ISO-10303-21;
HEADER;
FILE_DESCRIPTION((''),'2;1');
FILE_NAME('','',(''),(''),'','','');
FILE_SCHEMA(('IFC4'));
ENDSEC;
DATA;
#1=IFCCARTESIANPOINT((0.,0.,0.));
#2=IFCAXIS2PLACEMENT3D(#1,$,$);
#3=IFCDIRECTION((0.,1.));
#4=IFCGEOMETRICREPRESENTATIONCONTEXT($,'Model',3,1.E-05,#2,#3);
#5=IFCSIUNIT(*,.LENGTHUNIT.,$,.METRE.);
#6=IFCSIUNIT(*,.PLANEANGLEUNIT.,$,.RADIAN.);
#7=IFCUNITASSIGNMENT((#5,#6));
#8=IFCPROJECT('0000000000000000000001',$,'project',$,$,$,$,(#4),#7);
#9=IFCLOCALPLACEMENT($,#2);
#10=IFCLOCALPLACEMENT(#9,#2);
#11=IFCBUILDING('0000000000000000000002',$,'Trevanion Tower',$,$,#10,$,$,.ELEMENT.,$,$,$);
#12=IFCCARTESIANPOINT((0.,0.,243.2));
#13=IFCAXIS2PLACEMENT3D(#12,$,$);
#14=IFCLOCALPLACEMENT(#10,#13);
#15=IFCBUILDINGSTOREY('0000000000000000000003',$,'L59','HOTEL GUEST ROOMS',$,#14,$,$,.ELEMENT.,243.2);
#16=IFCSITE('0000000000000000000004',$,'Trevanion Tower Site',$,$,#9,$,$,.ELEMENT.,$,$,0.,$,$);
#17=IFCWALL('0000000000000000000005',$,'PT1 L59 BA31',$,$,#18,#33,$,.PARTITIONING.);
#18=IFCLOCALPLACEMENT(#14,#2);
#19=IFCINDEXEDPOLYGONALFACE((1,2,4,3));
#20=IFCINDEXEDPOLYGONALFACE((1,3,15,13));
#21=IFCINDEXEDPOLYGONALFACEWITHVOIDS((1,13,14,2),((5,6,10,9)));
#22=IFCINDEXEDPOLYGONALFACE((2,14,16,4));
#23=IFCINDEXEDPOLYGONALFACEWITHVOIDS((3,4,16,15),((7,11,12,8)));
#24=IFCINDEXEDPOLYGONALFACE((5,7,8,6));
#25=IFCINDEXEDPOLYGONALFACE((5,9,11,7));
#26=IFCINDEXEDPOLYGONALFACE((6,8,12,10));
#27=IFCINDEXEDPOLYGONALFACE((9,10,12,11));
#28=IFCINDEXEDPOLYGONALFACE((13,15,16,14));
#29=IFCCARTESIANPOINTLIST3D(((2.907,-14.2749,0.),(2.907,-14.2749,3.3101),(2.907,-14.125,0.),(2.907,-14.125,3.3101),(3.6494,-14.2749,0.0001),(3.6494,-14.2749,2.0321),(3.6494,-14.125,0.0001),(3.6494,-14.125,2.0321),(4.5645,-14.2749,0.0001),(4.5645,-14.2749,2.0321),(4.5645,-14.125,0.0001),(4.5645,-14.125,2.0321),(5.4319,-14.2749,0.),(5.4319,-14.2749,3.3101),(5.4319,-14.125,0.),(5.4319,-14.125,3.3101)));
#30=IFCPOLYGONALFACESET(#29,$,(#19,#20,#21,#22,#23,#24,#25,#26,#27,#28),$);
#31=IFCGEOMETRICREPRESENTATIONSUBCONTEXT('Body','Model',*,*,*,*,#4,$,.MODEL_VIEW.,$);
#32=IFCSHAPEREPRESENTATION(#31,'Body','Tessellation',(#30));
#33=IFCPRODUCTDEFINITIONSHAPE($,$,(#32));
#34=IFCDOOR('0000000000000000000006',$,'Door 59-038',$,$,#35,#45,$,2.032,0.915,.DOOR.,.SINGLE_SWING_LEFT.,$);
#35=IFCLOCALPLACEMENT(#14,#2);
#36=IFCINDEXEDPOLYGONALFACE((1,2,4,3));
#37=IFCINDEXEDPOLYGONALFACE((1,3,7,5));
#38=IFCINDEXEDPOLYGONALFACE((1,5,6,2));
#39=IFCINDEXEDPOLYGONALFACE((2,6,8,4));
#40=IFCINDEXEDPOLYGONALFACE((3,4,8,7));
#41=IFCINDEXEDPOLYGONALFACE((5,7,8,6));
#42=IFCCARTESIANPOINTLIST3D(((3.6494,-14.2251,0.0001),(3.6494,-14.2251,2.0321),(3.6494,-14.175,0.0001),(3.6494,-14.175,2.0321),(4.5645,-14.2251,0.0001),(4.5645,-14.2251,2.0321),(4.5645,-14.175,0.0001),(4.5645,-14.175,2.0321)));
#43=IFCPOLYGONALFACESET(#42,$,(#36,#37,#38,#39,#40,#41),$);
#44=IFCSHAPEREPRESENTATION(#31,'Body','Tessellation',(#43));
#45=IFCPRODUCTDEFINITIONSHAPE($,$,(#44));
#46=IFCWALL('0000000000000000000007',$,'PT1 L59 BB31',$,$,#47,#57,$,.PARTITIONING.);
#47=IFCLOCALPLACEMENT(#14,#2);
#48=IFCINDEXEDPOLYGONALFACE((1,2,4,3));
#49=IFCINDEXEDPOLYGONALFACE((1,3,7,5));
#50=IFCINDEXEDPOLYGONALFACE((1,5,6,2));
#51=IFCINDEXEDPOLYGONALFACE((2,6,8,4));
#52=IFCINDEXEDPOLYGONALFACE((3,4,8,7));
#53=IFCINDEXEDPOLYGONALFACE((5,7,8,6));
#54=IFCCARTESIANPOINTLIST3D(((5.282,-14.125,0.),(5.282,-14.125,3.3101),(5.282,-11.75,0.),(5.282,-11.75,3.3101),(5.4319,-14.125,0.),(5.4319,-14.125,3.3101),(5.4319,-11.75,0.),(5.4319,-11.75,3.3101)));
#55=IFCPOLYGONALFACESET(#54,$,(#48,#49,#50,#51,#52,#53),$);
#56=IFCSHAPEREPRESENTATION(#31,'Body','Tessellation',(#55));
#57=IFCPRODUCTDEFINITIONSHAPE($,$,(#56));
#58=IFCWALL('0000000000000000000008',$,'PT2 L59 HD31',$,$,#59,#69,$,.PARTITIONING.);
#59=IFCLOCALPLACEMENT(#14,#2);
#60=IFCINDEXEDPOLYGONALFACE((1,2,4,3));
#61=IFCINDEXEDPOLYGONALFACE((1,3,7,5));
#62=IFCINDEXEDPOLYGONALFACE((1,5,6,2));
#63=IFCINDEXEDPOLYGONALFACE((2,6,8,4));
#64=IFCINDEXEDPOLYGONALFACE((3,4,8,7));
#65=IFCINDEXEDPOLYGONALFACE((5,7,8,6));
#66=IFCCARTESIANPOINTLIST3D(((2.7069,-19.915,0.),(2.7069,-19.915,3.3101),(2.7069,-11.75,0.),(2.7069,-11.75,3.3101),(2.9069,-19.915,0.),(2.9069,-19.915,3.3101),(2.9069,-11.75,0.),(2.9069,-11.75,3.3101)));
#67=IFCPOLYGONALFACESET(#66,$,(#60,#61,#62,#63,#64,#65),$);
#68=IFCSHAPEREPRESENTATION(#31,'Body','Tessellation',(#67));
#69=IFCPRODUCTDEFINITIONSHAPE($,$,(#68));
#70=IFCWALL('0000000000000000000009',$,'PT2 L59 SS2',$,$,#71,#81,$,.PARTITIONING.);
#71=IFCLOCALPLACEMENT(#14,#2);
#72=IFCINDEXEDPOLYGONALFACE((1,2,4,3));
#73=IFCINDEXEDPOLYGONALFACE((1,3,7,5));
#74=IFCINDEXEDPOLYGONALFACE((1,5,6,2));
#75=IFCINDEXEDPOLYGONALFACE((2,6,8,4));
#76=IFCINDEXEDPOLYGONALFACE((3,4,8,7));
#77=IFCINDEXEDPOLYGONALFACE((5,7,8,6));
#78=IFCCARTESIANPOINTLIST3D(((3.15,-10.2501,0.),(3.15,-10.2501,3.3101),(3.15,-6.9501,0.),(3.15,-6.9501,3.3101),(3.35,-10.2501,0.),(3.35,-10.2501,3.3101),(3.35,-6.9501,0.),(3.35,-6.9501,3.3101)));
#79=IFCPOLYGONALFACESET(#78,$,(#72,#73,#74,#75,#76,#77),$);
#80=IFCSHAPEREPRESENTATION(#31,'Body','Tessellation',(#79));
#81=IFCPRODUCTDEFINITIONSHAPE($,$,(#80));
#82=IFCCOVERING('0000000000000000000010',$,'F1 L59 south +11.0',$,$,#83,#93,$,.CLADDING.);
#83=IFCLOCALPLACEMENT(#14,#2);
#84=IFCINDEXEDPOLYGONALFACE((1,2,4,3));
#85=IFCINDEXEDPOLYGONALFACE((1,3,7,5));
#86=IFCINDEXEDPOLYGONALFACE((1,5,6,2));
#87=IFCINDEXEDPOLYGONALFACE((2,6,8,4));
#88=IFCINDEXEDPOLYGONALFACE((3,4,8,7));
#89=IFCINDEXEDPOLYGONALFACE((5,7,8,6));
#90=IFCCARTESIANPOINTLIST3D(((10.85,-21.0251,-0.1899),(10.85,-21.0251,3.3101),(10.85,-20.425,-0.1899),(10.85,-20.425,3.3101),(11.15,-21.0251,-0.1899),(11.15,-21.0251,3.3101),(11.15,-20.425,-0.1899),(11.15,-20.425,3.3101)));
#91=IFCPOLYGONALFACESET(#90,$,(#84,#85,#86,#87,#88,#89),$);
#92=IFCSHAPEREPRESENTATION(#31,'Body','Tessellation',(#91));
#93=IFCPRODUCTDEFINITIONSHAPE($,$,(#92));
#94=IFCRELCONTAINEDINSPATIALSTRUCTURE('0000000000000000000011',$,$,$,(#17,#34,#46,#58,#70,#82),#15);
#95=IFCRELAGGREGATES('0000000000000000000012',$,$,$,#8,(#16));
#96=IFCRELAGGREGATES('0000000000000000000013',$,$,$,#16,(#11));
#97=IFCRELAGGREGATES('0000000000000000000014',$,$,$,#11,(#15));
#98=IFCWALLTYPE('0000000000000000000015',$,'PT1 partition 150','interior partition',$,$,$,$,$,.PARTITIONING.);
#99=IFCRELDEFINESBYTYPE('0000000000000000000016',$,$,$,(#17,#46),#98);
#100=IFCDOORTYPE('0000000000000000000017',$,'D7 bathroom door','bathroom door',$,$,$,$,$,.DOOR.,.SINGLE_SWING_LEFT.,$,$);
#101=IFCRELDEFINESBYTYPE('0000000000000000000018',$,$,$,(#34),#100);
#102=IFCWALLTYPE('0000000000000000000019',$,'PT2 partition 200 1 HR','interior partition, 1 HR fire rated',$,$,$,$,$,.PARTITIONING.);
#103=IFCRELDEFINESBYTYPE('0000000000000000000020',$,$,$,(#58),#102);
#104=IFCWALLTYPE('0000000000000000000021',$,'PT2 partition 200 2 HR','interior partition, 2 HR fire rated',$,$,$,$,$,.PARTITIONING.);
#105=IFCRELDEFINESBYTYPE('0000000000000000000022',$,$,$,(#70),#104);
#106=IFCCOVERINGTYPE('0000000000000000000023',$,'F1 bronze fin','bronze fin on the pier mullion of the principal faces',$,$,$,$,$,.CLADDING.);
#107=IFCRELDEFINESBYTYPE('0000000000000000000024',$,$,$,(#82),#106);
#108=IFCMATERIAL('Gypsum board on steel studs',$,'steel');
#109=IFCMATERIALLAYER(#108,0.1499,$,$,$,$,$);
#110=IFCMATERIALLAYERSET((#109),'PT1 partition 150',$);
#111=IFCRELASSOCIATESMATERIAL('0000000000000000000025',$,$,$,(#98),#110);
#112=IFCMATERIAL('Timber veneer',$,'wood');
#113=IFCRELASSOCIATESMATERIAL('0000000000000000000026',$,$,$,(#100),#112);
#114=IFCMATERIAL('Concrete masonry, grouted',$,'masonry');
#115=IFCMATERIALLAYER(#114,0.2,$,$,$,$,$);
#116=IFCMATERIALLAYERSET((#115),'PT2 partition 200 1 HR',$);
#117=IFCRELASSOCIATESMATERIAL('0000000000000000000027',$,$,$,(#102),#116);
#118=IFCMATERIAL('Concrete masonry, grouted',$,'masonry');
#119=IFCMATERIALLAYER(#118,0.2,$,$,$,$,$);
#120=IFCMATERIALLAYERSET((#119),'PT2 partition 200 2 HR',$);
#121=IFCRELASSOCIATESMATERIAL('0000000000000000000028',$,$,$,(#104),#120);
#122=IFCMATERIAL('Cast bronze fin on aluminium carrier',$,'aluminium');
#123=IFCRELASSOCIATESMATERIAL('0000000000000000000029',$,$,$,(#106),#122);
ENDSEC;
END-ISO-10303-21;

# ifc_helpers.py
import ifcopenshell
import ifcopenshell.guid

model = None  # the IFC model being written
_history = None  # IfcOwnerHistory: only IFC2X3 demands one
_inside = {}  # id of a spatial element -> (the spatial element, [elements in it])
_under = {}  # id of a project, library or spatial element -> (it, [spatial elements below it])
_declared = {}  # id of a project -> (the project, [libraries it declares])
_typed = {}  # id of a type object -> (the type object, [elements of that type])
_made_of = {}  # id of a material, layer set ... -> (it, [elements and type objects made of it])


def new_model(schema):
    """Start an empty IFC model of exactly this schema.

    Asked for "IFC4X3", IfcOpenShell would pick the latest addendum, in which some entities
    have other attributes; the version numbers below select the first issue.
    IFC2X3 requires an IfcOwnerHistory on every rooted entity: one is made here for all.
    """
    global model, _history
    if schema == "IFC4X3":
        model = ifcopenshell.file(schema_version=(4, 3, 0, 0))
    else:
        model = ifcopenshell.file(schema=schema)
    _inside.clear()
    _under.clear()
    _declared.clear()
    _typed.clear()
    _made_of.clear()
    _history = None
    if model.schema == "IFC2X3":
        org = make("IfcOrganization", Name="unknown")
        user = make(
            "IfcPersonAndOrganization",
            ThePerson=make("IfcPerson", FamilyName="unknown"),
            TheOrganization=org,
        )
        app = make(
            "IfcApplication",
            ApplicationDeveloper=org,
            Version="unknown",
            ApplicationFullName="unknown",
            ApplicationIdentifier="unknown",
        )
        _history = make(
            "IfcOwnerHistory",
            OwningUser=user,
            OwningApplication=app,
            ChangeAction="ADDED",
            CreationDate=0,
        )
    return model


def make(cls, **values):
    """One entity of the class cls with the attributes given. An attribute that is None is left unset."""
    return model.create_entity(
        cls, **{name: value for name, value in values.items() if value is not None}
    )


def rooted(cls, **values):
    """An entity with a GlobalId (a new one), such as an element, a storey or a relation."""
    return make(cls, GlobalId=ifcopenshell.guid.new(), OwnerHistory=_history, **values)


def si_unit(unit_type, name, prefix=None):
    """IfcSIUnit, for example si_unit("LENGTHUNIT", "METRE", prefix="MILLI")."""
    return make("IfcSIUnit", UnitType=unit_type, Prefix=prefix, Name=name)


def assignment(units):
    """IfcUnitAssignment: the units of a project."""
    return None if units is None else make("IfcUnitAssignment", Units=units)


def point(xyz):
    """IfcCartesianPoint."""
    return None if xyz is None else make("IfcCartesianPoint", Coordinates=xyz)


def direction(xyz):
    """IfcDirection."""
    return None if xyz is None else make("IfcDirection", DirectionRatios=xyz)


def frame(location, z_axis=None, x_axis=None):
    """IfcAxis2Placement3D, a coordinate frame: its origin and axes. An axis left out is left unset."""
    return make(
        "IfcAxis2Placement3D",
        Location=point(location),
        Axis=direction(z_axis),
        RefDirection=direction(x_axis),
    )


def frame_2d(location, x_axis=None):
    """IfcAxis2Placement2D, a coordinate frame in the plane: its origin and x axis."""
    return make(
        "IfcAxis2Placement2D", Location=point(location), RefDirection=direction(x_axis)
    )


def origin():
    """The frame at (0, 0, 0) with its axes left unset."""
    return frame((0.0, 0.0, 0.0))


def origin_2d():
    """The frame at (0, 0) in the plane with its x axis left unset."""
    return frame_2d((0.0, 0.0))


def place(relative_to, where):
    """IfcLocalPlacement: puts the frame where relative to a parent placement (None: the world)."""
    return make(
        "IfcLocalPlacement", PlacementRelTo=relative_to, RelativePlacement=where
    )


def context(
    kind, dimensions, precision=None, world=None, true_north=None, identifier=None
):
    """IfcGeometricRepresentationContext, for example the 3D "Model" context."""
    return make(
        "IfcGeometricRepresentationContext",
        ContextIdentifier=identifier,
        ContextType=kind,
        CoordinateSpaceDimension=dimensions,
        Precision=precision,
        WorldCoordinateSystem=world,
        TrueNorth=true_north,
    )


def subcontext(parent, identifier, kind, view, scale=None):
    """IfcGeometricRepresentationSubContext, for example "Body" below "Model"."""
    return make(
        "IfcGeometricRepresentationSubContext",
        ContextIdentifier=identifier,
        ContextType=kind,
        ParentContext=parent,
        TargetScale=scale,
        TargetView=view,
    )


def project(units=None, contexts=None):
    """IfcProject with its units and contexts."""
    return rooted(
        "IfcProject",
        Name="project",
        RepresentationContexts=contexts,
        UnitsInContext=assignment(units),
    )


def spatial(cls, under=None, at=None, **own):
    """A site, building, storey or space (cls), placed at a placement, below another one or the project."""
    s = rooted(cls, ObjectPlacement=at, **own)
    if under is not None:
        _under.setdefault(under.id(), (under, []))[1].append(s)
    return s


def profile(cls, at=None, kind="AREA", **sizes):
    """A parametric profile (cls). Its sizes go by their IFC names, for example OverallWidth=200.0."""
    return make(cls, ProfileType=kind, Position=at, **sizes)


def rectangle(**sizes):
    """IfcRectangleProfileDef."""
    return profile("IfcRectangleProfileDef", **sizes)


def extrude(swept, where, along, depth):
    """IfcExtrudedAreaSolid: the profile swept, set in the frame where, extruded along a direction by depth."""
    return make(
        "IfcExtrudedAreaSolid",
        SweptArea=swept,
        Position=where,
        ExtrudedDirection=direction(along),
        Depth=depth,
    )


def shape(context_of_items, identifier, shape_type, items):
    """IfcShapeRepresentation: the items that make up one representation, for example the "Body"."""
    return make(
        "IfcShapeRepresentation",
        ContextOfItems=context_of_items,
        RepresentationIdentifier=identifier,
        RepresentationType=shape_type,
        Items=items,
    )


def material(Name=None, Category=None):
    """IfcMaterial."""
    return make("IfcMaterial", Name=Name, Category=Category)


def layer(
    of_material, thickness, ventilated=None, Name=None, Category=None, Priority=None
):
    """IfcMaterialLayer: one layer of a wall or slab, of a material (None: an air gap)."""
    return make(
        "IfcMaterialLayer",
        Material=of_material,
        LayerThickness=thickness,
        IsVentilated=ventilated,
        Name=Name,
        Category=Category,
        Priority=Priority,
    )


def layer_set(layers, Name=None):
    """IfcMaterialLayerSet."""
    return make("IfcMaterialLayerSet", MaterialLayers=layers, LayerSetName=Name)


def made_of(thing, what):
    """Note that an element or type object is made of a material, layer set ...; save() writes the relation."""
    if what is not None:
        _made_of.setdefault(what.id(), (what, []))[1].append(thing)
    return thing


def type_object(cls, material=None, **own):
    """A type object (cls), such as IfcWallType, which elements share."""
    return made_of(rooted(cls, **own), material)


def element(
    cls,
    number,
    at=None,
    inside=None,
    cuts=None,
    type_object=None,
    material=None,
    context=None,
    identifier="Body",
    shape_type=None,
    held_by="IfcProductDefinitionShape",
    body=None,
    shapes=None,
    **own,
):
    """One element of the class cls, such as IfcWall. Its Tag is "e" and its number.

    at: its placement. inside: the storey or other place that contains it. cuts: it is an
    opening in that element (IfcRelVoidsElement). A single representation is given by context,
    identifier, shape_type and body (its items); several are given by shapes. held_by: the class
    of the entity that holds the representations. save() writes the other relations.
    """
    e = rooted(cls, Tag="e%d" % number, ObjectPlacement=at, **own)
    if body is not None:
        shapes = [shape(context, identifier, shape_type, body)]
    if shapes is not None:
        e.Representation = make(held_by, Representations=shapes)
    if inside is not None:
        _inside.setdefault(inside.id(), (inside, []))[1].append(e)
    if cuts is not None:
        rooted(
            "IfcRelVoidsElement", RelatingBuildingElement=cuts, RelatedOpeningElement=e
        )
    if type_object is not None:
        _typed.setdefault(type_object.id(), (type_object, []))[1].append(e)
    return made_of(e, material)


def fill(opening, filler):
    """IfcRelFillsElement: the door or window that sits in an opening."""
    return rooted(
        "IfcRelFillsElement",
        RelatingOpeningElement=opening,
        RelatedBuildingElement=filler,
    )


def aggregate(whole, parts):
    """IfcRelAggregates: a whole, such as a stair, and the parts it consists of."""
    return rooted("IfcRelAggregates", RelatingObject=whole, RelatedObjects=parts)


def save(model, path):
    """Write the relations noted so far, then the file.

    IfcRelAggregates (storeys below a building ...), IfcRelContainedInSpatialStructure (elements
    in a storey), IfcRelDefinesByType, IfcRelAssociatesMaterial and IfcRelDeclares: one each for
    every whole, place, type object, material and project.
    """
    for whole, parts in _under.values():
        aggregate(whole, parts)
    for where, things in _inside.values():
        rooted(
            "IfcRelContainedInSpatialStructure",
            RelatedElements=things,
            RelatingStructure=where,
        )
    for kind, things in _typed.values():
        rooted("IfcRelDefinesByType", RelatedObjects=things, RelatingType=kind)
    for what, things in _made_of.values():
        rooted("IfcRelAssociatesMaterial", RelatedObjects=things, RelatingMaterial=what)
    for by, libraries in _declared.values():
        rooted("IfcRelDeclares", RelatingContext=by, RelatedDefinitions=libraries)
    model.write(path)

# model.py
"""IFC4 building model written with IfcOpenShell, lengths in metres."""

from ifc_helpers import new_model, si_unit, direction, frame, frame_2d, origin, origin_2d, place, context, subcontext, project, spatial, rectangle, extrude, material, layer, layer_set, type_object, element, fill, save


model = new_model("IFC4")

# Units and contexts
model_context = context("Model", 3, precision=1e-05, world=origin(), true_north=direction((0.0, 1.0)))
body_context = subcontext(model_context, "Body", "Model", "MODEL_VIEW")
ifc_project = project(units=[si_unit("LENGTHUNIT", "METRE"), si_unit("PLANEANGLEUNIT", "RADIAN")], contexts=[model_context])

# Site, building, storey
site_placement = place(None, origin())
site = spatial("IfcSite", under=ifc_project, at=site_placement, Name="Trevanion Tower Site", CompositionType="ELEMENT", RefElevation=0.0)
building_placement = place(site_placement, origin())
building = spatial("IfcBuilding", under=site, at=building_placement, Name="Trevanion Tower", CompositionType="ELEMENT")
storey_placement = place(building_placement, frame((0.0, 0.0, 243.2)))
storey = spatial("IfcBuildingStorey", under=building, at=storey_placement, Name="L59", Description="HOTEL GUEST ROOMS", CompositionType="ELEMENT", Elevation=243.2)

# Shared definitions
ifc_material_1 = material(Name="Gypsum board on steel studs", Category="steel")
ifc_layer_1 = layer(ifc_material_1, 0.1499)
ifc_layer_set_1 = layer_set([ifc_layer_1], Name="PT1 partition 150")
wall_type_1 = type_object("IfcWallType", Name="PT1 partition 150", Description="interior partition", PredefinedType="PARTITIONING", material=ifc_layer_set_1)

# Wall, opening, door
wall_1_placement = place(storey_placement, frame((2.907, -14.2, 0.0), z_axis=(0.0, 0.0, 1.0), x_axis=(1.0, 0.0, 0.0)))
wall_1 = element("IfcWall", 1, at=wall_1_placement, inside=storey, type_object=wall_type_1, Name="PT1 L59 BA31", PredefinedType="PARTITIONING", context=body_context, shape_type="SweptSolid", body=[
    extrude(rectangle(XDim=2.5249, YDim=0.1499, at=frame_2d((1.2625, 0.0))), origin(), (0.0, 0.0, 1.0), 3.3101),
])
opening_placement = place(wall_1_placement, frame((0.7424, 0.0, 0.0)))
opening = element("IfcOpeningElement", 2, at=opening_placement, cuts=wall_1, PredefinedType="OPENING", context=body_context, shape_type="SweptSolid", body=[
    extrude(rectangle(XDim=0.915, YDim=2.032, at=frame_2d((0.4575, 1.0161))), frame((0.0, 0.085, 0.0), z_axis=(0.0, -1.0, 0.0), x_axis=(1.0, 0.0, 0.0)), (0.0, 0.0, 1.0), 0.1699),
])
ifc_material_2 = material(Name="Timber veneer", Category="wood")
door_type = type_object("IfcDoorType", Name="D7 bathroom door", Description="bathroom door", OperationType="SINGLE_SWING_LEFT", PredefinedType="DOOR", material=ifc_material_2)
door_placement = place(opening_placement, origin())
door = element("IfcDoor", 3, at=door_placement, inside=storey, type_object=door_type, Name="Door 59-038", OperationType="SINGLE_SWING_LEFT", OverallHeight=2.032, OverallWidth=0.915, PredefinedType="DOOR", context=body_context, shape_type="SweptSolid", body=[
    extrude(rectangle(XDim=0.915, YDim=2.032, at=frame_2d((0.4575, 1.0161))), frame((0.0, 0.0249, 0.0), z_axis=(0.0, -1.0, 0.0), x_axis=(1.0, 0.0, 0.0)), (0.0, 0.0, 1.0), 0.05),
])
fill(opening, door)

# Walls
wall_2_placement = place(storey_placement, frame((5.3569, -11.75, 0.0), z_axis=(0.0, 0.0, 1.0), x_axis=(0.0, -1.0, 0.0)))
element("IfcWall", 4, at=wall_2_placement, inside=storey, type_object=wall_type_1, Name="PT1 L59 BB31", PredefinedType="PARTITIONING", context=body_context, shape_type="SweptSolid", body=[
    extrude(rectangle(XDim=2.375, YDim=0.1499, at=frame_2d((1.1875, 0.0))), origin(), (0.0, 0.0, 1.0), 3.3101),
])
ifc_material_3 = material(Name="Concrete masonry, grouted", Category="masonry")
ifc_layer_2 = layer(ifc_material_3, 0.2)
ifc_layer_set_2 = layer_set([ifc_layer_2], Name="PT2 partition 200 1 HR")
wall_type_2 = type_object("IfcWallType", Name="PT2 partition 200 1 HR", Description="interior partition, 1 HR fire rated", PredefinedType="PARTITIONING", material=ifc_layer_set_2)
wall_3_placement = place(storey_placement, frame((2.8069, -11.75, 0.0), z_axis=(0.0, 0.0, 1.0), x_axis=(0.0, -1.0, 0.0)))
element("IfcWall", 5, at=wall_3_placement, inside=storey, type_object=wall_type_2, Name="PT2 L59 HD31", PredefinedType="PARTITIONING", context=body_context, shape_type="SweptSolid", body=[
    extrude(rectangle(XDim=8.165, YDim=0.2, at=frame_2d((4.0825, 0.0))), origin(), (0.0, 0.0, 1.0), 3.3101),
])
ifc_material_4 = material(Name="Concrete masonry, grouted", Category="masonry")
ifc_layer_3 = layer(ifc_material_4, 0.2)
ifc_layer_set_3 = layer_set([ifc_layer_3], Name="PT2 partition 200 2 HR")
wall_type_3 = type_object("IfcWallType", Name="PT2 partition 200 2 HR", Description="interior partition, 2 HR fire rated", PredefinedType="PARTITIONING", material=ifc_layer_set_3)
wall_4_placement = place(storey_placement, frame((3.25, -10.25, 0.0), z_axis=(0.0, 0.0, 1.0), x_axis=(0.0, 1.0, 0.0)))
element("IfcWall", 6, at=wall_4_placement, inside=storey, type_object=wall_type_3, Name="PT2 L59 SS2", PredefinedType="PARTITIONING", context=body_context, shape_type="SweptSolid", body=[
    extrude(rectangle(XDim=3.3, YDim=0.2, at=frame_2d((1.6499, 0.0))), origin(), (0.0, 0.0, 1.0), 3.3101),
])

# Covering
ifc_material_5 = material(Name="Cast bronze fin on aluminium carrier", Category="aluminium")
covering_type = type_object("IfcCoveringType", Name="F1 bronze fin", Description="bronze fin on the pier mullion of the principal faces", PredefinedType="CLADDING", material=ifc_material_5)
covering_placement = place(storey_placement, frame((11.0, -20.7251, -0.1899), z_axis=(0.0, 0.0, 1.0), x_axis=(1.0, 0.0, 0.0)))
element("IfcCovering", 7, at=covering_placement, inside=storey, type_object=covering_type, Name="F1 L59 south +11.0", PredefinedType="CLADDING", context=body_context, shape_type="SweptSolid", body=[
    extrude(rectangle(XDim=0.3, YDim=0.6001, at=origin_2d()), origin(), (0.0, 0.0, 1.0), 3.5),
])

save(model, "model.ifc")
